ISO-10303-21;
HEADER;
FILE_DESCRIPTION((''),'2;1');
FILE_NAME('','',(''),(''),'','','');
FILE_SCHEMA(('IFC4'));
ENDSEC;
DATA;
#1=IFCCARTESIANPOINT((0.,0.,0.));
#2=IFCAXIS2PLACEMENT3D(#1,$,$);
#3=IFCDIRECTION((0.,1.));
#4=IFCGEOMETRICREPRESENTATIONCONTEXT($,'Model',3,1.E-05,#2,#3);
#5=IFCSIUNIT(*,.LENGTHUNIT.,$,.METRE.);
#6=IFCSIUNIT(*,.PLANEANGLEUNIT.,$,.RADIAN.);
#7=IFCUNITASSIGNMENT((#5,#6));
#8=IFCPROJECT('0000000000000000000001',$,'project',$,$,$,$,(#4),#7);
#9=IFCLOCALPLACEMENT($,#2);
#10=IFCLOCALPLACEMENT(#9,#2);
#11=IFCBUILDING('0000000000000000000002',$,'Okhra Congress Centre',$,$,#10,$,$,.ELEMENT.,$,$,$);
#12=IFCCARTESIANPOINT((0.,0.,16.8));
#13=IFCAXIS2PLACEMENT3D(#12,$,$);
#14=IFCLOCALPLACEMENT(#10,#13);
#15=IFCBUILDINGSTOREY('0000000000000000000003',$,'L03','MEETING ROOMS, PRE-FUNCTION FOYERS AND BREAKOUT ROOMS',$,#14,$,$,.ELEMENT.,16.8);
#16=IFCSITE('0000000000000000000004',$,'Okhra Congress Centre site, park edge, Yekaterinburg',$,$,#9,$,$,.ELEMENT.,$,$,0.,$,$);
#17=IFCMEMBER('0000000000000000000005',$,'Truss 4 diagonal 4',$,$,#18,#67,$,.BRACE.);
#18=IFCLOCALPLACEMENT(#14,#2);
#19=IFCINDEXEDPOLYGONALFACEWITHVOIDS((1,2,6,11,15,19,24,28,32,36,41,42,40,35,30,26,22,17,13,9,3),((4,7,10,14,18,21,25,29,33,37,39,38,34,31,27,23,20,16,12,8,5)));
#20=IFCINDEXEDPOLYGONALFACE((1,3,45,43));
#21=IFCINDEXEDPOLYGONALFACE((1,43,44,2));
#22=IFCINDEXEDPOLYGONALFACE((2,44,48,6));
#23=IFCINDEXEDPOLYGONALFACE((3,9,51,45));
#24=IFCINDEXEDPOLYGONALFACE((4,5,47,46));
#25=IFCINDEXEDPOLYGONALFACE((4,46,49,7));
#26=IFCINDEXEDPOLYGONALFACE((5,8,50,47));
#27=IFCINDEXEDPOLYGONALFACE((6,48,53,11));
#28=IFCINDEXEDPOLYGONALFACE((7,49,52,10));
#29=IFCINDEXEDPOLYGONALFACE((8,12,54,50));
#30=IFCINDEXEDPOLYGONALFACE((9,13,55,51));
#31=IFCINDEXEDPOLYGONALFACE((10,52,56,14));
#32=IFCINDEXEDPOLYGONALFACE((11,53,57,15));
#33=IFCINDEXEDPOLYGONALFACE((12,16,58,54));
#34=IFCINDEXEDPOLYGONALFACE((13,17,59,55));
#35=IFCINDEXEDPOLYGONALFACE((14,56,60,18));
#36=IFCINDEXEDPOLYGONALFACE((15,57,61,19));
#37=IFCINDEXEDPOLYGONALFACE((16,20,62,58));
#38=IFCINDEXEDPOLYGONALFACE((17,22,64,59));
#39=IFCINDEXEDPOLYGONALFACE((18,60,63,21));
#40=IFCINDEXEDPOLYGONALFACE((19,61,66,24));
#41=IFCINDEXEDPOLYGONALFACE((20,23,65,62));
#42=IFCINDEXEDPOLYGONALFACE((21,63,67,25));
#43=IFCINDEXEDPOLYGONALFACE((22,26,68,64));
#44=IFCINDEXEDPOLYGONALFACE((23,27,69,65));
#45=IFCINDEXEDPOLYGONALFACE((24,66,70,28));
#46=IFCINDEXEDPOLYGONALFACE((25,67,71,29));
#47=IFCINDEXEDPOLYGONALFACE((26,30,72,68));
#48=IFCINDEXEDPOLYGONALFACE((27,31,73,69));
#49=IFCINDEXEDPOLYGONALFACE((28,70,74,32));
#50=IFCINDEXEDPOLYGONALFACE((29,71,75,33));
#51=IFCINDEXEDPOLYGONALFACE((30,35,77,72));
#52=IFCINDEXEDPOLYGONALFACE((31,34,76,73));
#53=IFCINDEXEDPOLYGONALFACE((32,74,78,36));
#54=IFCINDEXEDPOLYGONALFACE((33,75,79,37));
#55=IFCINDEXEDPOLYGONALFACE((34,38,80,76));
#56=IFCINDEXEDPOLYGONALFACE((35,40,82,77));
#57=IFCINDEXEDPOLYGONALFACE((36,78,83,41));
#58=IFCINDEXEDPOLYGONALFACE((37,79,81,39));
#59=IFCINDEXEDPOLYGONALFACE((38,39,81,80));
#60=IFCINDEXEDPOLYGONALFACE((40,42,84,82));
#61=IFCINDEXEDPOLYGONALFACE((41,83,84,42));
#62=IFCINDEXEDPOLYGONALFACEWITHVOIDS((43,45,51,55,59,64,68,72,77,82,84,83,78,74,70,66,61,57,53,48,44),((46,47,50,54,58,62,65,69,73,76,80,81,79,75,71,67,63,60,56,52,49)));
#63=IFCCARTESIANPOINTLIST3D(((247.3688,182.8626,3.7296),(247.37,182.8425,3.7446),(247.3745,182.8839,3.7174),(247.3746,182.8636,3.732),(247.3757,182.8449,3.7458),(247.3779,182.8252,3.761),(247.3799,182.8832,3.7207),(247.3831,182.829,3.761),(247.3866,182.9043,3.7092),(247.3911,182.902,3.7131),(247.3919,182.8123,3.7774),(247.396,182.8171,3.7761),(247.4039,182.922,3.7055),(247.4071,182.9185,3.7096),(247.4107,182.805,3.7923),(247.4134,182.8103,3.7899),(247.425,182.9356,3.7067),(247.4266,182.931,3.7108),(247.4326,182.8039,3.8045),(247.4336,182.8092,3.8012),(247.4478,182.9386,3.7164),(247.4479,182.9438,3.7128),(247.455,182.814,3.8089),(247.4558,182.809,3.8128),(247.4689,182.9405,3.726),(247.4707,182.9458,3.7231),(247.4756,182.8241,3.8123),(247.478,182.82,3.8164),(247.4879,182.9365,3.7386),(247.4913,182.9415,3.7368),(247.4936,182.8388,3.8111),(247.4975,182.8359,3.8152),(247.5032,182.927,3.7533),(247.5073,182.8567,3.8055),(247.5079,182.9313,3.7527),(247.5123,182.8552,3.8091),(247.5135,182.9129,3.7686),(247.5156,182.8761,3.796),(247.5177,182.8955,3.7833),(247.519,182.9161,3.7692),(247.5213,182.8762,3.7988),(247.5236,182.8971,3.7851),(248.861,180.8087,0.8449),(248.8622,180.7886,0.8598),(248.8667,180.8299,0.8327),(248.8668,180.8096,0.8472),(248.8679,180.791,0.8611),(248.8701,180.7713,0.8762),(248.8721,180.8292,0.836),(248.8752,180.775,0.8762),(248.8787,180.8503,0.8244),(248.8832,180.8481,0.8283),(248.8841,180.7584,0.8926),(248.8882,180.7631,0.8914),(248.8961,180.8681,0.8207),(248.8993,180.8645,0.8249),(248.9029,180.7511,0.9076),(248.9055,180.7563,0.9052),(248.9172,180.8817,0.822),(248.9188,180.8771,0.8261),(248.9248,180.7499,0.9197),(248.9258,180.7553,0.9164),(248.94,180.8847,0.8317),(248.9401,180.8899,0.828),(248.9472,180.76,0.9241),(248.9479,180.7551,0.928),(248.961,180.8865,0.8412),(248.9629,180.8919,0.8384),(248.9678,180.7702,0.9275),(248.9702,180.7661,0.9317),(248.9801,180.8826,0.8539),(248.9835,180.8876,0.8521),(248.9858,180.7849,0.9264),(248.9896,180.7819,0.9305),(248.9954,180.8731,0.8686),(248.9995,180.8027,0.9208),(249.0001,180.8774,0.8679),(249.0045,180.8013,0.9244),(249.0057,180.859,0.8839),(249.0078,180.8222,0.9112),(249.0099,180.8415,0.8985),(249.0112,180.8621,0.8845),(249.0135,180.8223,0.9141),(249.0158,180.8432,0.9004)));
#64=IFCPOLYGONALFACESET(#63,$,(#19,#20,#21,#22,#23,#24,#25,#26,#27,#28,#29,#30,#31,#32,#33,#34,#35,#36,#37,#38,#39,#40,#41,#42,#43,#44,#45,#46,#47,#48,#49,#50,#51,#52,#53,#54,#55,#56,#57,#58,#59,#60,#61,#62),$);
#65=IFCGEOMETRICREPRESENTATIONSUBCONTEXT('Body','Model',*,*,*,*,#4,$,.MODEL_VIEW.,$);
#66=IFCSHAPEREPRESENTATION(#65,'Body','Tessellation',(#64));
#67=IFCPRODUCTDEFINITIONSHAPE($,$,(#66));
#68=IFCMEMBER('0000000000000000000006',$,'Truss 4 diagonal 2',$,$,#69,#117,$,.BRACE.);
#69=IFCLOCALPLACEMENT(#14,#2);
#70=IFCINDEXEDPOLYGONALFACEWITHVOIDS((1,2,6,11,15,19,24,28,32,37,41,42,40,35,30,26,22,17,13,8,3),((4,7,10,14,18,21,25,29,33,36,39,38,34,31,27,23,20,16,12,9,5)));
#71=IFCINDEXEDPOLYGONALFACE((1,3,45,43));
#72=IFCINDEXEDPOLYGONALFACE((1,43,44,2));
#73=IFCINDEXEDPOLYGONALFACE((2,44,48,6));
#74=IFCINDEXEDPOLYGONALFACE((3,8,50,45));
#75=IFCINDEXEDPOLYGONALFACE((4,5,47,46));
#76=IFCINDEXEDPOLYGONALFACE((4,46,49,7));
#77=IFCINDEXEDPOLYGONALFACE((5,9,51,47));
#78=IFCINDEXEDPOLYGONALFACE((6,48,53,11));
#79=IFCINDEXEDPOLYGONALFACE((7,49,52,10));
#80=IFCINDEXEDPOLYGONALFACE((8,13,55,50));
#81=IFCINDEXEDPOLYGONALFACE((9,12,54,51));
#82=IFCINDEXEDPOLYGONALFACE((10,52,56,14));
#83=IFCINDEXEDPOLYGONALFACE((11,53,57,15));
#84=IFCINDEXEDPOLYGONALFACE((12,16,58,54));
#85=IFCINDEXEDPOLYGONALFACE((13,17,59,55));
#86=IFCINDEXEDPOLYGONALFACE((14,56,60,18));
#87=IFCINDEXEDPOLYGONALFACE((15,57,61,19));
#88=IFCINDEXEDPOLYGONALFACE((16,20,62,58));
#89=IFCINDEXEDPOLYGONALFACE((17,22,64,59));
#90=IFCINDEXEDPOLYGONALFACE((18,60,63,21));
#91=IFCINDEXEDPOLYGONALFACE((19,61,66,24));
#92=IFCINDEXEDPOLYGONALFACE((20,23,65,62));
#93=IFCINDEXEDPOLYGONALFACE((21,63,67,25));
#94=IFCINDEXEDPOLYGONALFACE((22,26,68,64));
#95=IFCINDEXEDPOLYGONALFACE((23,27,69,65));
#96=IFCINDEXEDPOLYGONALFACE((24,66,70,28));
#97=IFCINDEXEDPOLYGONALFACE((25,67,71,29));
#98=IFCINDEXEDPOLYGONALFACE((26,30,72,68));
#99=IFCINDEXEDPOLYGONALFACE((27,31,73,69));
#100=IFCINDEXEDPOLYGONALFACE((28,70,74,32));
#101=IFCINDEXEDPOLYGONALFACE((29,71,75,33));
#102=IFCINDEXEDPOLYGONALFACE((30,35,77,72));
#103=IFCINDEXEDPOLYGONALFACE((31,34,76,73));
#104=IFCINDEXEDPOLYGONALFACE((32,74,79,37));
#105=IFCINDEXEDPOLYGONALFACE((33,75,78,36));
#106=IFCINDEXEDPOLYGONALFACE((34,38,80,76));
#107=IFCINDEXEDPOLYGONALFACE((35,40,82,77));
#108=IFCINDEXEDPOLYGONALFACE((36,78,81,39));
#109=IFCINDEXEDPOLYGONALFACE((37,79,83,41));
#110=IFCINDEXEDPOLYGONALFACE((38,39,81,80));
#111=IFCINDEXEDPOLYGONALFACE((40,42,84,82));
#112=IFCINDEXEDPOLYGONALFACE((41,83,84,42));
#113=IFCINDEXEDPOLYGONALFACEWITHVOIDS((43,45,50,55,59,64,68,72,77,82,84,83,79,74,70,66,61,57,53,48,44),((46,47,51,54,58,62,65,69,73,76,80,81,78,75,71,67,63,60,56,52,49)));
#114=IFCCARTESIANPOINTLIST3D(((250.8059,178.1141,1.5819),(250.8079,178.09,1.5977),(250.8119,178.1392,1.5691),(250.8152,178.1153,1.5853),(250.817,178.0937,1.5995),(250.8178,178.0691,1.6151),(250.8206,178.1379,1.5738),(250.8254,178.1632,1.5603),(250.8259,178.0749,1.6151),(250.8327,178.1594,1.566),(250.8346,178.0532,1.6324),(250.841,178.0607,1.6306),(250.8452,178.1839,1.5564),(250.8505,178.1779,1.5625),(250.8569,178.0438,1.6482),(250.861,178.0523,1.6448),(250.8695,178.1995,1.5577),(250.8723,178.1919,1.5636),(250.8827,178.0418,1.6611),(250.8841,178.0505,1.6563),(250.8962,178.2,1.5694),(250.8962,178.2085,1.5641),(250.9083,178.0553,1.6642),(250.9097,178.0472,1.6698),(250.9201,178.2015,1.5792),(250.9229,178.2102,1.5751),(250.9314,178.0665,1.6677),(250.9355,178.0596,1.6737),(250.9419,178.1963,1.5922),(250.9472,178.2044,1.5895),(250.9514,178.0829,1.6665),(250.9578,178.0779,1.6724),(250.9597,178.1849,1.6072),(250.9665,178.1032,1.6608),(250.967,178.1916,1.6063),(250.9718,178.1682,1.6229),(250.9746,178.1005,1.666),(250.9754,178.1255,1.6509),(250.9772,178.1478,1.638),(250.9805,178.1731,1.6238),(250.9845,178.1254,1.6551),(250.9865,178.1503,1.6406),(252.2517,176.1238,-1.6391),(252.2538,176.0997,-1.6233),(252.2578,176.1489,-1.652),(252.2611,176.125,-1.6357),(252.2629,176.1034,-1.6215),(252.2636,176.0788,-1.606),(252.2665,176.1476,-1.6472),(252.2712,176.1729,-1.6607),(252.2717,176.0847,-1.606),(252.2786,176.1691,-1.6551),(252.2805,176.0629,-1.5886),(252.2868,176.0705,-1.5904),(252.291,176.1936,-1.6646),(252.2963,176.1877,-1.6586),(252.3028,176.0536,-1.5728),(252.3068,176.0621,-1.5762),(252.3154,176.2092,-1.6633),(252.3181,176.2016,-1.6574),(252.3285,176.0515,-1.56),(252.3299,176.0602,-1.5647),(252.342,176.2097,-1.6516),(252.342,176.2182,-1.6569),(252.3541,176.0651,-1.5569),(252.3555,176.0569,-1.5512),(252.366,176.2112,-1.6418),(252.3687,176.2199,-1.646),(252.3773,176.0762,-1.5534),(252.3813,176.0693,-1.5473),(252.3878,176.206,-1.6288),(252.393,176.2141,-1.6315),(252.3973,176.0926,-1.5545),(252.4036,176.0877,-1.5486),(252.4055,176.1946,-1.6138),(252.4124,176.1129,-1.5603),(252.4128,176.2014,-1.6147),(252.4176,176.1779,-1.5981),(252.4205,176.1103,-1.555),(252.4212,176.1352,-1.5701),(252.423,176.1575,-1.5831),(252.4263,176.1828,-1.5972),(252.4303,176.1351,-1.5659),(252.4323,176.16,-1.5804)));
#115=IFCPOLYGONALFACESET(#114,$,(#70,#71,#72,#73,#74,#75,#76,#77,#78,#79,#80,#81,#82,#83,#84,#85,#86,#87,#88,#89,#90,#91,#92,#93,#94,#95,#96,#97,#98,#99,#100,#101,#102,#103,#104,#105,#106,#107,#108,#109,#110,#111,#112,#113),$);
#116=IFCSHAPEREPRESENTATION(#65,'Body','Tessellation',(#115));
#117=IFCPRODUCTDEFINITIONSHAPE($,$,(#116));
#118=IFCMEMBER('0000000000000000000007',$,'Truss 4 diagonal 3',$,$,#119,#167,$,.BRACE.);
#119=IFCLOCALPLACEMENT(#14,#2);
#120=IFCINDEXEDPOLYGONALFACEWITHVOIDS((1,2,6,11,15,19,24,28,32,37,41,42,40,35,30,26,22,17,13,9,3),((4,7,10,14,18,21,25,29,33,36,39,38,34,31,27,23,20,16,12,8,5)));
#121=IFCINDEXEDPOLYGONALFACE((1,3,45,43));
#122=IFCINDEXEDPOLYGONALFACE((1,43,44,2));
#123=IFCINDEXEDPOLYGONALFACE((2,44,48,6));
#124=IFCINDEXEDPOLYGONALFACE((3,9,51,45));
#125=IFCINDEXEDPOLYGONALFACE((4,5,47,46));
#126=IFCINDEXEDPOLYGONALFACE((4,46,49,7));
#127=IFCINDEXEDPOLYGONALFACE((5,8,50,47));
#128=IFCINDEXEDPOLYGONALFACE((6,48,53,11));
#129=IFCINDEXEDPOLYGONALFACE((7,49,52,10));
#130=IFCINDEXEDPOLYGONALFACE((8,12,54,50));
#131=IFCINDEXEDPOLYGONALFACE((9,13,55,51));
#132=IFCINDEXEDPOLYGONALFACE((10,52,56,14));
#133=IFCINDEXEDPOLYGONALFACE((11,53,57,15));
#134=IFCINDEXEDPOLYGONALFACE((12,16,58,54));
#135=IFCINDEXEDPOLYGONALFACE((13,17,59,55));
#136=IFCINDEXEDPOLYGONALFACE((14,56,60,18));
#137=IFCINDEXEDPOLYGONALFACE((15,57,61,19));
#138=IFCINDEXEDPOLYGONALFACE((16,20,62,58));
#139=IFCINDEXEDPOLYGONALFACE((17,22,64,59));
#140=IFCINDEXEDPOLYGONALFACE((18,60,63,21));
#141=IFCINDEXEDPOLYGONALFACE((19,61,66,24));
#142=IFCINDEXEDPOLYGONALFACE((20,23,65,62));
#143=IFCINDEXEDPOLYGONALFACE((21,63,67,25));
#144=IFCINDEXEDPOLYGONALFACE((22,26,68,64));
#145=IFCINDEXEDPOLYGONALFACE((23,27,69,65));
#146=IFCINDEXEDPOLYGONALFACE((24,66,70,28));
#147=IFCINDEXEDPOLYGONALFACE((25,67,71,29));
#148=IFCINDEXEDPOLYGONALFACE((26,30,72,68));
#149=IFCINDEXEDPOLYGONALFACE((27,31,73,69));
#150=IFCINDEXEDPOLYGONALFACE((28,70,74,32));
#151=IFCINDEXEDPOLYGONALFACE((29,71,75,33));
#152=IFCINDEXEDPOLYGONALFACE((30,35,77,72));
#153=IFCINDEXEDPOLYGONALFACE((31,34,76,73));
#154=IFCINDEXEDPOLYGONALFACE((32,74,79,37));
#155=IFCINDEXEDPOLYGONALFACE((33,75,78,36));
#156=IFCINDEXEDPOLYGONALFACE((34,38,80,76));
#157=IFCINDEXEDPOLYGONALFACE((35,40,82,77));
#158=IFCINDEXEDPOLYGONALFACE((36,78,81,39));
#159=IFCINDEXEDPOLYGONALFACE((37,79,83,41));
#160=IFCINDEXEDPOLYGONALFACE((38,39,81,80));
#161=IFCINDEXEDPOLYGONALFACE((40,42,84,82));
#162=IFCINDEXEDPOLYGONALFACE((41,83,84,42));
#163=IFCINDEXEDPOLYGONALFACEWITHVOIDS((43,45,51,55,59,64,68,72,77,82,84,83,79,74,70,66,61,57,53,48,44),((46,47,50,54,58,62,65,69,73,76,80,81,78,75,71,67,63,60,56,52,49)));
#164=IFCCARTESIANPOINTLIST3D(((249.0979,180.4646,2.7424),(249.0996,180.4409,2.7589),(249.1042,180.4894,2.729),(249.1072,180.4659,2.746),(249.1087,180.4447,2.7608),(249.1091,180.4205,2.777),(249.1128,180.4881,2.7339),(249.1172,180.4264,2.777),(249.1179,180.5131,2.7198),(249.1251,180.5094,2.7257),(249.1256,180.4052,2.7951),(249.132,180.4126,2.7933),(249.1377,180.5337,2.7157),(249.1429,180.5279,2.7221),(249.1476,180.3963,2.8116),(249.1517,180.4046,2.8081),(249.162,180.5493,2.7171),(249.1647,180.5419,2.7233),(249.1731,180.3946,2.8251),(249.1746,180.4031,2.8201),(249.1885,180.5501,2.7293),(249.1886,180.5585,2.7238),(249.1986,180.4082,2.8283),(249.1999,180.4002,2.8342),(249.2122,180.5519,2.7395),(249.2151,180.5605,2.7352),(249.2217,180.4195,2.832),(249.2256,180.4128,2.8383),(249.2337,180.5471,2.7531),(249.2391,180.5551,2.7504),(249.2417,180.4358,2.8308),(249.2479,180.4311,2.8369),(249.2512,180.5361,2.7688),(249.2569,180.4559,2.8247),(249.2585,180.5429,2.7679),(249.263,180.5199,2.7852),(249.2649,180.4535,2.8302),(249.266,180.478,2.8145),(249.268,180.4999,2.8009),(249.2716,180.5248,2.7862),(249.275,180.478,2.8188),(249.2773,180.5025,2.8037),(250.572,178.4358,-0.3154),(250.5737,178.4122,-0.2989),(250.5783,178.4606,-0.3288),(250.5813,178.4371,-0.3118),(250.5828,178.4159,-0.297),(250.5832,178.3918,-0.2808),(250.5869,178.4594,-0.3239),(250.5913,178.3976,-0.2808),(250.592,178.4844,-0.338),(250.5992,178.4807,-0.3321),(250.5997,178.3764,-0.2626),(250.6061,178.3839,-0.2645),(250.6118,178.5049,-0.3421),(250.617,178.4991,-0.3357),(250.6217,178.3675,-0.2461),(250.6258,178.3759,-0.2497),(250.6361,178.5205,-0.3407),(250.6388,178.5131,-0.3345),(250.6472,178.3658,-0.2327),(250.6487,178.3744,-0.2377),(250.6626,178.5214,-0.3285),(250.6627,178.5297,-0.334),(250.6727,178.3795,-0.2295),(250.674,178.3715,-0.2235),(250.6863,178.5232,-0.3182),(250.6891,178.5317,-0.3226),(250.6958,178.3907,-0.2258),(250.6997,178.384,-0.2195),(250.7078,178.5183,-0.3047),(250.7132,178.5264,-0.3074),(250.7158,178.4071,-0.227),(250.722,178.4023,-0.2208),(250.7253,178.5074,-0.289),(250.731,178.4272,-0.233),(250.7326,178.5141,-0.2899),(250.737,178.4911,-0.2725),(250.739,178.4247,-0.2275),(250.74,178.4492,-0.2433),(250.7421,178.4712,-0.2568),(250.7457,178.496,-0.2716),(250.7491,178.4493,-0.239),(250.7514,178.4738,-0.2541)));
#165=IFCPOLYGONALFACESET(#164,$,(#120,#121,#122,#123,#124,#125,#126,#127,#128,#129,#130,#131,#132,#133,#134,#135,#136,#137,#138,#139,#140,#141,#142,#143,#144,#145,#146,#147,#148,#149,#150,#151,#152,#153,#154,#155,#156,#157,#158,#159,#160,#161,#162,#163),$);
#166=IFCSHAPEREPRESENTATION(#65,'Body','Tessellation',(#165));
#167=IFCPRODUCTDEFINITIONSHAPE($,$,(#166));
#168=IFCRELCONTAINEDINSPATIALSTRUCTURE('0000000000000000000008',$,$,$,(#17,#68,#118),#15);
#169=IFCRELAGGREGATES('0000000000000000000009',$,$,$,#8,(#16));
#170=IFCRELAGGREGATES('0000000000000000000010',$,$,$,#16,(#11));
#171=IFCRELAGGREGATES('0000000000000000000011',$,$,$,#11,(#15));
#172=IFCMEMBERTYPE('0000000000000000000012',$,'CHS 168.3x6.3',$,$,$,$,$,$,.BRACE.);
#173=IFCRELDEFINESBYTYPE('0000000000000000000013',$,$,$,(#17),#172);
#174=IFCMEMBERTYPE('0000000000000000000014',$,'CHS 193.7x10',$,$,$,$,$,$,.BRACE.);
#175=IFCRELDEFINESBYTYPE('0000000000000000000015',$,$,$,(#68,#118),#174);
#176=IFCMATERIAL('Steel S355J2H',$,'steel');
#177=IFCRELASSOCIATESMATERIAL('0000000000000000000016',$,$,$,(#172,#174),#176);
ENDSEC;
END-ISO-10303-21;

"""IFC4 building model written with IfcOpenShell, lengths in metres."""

from ifc_helpers import new_model, si_unit, direction, frame, origin, origin_2d, place, context, subcontext, project, spatial, hollow_circle, extrude, material, material_profile, profile_set, type_object, element, save


model = new_model("IFC4")

# Units and contexts
model_context = context("Model", 3, precision=1e-05, world=origin(), true_north=direction((0.0, 1.0)))
body_context = subcontext(model_context, "Body", "Model", "MODEL_VIEW")
ifc_project = project(units=[si_unit("LENGTHUNIT", "METRE"), si_unit("PLANEANGLEUNIT", "RADIAN")], contexts=[model_context])

# Site, building, storey
site_placement = place(None, origin())
site = spatial("IfcSite", under=ifc_project, at=site_placement, Name="Okhra Congress Centre site, park edge, Yekaterinburg", CompositionType="ELEMENT", RefElevation=0.0)
building_placement = place(site_placement, origin())
building = spatial("IfcBuilding", under=site, at=building_placement, Name="Okhra Congress Centre", CompositionType="ELEMENT")
storey_placement = place(building_placement, frame((0.0, 0.0, 16.8)))
storey = spatial("IfcBuildingStorey", under=building, at=storey_placement, Name="L03", Description="MEETING ROOMS, PRE-FUNCTION FOYERS AND BREAKOUT ROOMS", CompositionType="ELEMENT", Elevation=16.8)

# Members
ifc_material_1 = material(Name="Steel S355J2H", Category="steel")
ifc_material_profile_1 = material_profile(ifc_material_1, hollow_circle(Radius=0.0842, WallThickness=0.0063, at=origin_2d()), Name="CHS 168.3x6.3")
ifc_profile_set_1 = profile_set([ifc_material_profile_1], Name="Steel S355J2H")
member_type_1 = type_object("IfcMemberType", Name="CHS 168.3x6.3", PredefinedType="BRACE", material=ifc_profile_set_1)
member_1_placement = place(storey_placement, frame((248.9382, 180.8208, 0.8762), z_axis=(-0.388306, 0.534492, 0.750691), x_axis=(-0.809035, -0.58776, 0.0)))
element("IfcMember", 1, at=member_1_placement, inside=storey, type_object=member_type_1, Name="Truss 4 diagonal 4", PredefinedType="BRACE", context=body_context, shape_type="SweptSolid", body=[
    extrude(hollow_circle(Radius=0.0842, WallThickness=0.0063, at=origin_2d()), origin(), (0.0, 0.0, 1.0), 3.8428),
])
ifc_material_profile_2 = material_profile(ifc_material_1, hollow_circle(Radius=0.0969, WallThickness=0.01, at=origin_2d()), Name="CHS 193.7x10")
ifc_profile_set_2 = profile_set([ifc_material_profile_2], Name="Steel S355J2H")
member_type_2 = type_object("IfcMemberType", Name="CHS 193.7x10", PredefinedType="BRACE", material=ifc_profile_set_2)
member_2_placement = place(storey_placement, frame((252.342, 176.1357, -1.606), z_axis=(-0.356734, 0.491066, 0.79473), x_axis=(-0.809054, -0.587735, 0.0)))
element("IfcMember", 2, at=member_2_placement, inside=storey, type_object=member_type_2, Name="Truss 4 diagonal 2", PredefinedType="BRACE", context=body_context, shape_type="SweptSolid", body=[
    extrude(hollow_circle(Radius=0.0969, WallThickness=0.01, at=origin_2d()), origin(), (0.0, 0.0, 1.0), 4.053),
])
member_3_placement = place(storey_placement, frame((250.6616, 178.4487, -0.2808), z_axis=(-0.372752, 0.513013, 0.773223), x_axis=(-0.808997, -0.587813, 0.0)))
element("IfcMember", 3, at=member_3_placement, inside=storey, type_object=member_type_2, Name="Truss 4 diagonal 3", PredefinedType="BRACE", context=body_context, shape_type="SweptSolid", body=[
    extrude(hollow_circle(Radius=0.0969, WallThickness=0.01, at=origin_2d()), origin(), (0.0, 0.0, 1.0), 3.9546),
])

save(model, "model.ifc")
